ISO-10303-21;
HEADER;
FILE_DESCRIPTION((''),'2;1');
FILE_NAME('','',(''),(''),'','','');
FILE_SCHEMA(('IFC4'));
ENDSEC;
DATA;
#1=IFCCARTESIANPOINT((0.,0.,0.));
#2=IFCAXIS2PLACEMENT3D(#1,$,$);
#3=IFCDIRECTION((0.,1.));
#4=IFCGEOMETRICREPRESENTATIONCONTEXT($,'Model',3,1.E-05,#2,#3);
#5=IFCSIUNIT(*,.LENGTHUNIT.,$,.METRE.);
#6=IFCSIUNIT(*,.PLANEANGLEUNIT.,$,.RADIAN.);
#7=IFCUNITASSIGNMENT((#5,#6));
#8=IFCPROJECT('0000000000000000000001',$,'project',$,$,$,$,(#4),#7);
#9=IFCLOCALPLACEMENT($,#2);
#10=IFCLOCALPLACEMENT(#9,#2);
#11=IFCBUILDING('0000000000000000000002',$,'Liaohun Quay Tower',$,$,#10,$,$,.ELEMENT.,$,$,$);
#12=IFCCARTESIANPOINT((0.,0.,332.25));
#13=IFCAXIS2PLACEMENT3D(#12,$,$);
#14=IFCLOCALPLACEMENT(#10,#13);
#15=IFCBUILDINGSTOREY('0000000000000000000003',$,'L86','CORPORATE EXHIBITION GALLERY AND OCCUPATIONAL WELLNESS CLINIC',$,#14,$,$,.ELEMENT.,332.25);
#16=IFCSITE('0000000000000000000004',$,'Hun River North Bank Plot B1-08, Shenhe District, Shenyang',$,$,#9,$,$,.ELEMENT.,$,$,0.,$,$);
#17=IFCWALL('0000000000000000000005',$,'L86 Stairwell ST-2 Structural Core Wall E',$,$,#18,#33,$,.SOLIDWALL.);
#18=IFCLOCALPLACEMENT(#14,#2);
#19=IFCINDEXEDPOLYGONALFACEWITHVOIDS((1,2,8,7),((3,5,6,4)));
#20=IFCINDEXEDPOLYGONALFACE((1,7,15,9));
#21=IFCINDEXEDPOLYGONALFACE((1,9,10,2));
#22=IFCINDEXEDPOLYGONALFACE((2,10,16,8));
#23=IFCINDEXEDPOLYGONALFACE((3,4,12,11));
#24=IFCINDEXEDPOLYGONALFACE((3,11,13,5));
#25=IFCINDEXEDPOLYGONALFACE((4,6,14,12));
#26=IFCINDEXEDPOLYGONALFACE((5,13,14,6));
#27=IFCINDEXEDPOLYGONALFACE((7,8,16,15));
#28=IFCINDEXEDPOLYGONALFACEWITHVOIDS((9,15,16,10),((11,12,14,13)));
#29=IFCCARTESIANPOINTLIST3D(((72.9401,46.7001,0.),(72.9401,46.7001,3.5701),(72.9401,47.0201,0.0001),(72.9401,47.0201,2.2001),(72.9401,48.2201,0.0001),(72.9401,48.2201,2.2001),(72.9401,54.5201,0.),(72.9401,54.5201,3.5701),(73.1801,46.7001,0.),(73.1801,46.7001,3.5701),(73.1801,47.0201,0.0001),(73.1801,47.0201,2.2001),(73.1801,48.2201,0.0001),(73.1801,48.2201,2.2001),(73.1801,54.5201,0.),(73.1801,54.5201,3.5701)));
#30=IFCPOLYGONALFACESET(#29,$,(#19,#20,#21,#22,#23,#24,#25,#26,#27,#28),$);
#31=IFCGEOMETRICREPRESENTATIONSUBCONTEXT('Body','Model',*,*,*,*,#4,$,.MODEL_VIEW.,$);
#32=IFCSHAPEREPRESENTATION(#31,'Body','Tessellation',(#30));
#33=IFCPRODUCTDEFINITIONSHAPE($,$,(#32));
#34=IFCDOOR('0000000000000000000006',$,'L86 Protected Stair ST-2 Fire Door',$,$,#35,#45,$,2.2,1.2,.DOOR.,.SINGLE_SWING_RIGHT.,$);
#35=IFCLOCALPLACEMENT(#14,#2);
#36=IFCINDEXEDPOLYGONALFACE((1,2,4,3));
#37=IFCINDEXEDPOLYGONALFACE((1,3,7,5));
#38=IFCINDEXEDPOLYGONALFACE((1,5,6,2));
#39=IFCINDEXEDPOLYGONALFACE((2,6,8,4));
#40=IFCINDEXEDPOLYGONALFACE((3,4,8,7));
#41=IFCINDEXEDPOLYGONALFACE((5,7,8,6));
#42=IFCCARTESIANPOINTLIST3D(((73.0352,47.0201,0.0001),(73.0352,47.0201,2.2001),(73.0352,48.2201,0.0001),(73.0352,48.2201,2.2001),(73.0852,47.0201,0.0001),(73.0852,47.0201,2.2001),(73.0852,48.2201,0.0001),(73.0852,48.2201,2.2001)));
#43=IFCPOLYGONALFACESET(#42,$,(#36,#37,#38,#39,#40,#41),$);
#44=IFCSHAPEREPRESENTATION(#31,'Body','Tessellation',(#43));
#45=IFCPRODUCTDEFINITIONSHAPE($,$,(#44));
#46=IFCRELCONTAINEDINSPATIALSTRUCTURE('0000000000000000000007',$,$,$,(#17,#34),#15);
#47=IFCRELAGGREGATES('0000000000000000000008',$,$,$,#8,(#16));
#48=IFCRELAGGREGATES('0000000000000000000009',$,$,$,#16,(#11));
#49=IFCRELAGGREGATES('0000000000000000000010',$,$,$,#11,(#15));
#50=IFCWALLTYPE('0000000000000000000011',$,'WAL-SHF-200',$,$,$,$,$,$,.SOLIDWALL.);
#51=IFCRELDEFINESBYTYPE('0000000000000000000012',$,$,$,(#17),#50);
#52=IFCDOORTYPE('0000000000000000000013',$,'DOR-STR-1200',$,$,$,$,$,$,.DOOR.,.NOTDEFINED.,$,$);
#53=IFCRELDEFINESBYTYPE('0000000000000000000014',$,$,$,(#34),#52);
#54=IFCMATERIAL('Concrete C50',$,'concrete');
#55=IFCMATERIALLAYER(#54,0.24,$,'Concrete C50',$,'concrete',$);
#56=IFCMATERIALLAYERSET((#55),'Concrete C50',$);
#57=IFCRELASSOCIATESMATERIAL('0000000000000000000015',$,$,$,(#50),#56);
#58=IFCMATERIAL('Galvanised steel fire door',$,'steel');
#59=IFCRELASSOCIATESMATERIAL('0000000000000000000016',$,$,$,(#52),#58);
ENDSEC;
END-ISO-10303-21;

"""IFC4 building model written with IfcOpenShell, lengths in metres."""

from ifc_helpers import new_model, si_unit, direction, frame, frame_2d, origin, place, context, subcontext, project, spatial, rectangle, extrude, source, transform, mapped, material, layer, layer_set, type_object, element, fill, save


model = new_model("IFC4")

# Units and contexts
model_context = context("Model", 3, precision=1e-05, world=origin(), true_north=direction((0.0, 1.0)))
body_context = subcontext(model_context, "Body", "Model", "MODEL_VIEW")
ifc_project = project(units=[si_unit("LENGTHUNIT", "METRE"), si_unit("PLANEANGLEUNIT", "RADIAN")], contexts=[model_context])

# Site, building, storey
site_placement = place(None, origin())
site = spatial("IfcSite", under=ifc_project, at=site_placement, Name="Hun River North Bank Plot B1-08, Shenhe District, Shenyang", CompositionType="ELEMENT", RefElevation=0.0)
building_placement = place(site_placement, origin())
building = spatial("IfcBuilding", under=site, at=building_placement, Name="Liaohun Quay Tower", CompositionType="ELEMENT")
storey_placement = place(building_placement, frame((0.0, 0.0, 332.25)))
storey = spatial("IfcBuildingStorey", under=building, at=storey_placement, Name="L86", Description="CORPORATE EXHIBITION GALLERY AND OCCUPATIONAL WELLNESS CLINIC", CompositionType="ELEMENT", Elevation=332.25)

# Shared definitions
ifc_material_1 = material(Name="Concrete C50", Category="concrete")

# Shared definitions
ifc_layer_1 = layer(ifc_material_1, 0.24, Name="Concrete C50", Category="concrete")
ifc_layer_set_1 = layer_set([ifc_layer_1], Name="Concrete C50")
wall_type_1 = type_object("IfcWallType", Name="WAL-SHF-200", PredefinedType="SOLIDWALL", material=ifc_layer_set_1)

# Wall, opening, door
wall_1_placement = place(storey_placement, frame((73.0601, 46.7, 0.0), z_axis=(0.0, 0.0, 1.0), x_axis=(0.0, 1.0, 0.0)))
wall_1 = element("IfcWall", 1, at=wall_1_placement, inside=storey, type_object=wall_type_1, Name="L86 Stairwell ST-2 Structural Core Wall E", PredefinedType="SOLIDWALL", context=body_context, shape_type="SweptSolid", body=[
    extrude(rectangle(XDim=7.8201, YDim=0.24, at=frame_2d((3.9102, 0.0))), origin(), (0.0, 0.0, 1.0), 3.5701),
])
shared_shape_1 = source(origin(), body_context, "Body", "SweptSolid", [
    extrude(rectangle(XDim=1.2, YDim=2.2, at=frame_2d((0.6001, 1.1001))), frame((0.0, 0.1299, 0.0), z_axis=(0.0, -1.0, 0.0), x_axis=(1.0, 0.0, 0.0)), (0.0, 0.0, 1.0), 0.26),
])
opening_1_placement = place(wall_1_placement, frame((0.3201, 0.0, 0.0)))
opening_1 = element("IfcOpeningElement", 2, at=opening_1_placement, cuts=wall_1, PredefinedType="OPENING", context=body_context, shape_type="MappedRepresentation", body=[
    mapped(shared_shape_1, transform((0.0, 0.0, 0.0), x_axis=(1.0, 0.0, 0.0), y_axis=(0.0, 1.0, 0.0), z_axis=(0.0, 0.0, 1.0), scale=1.0)),
])
ifc_material_2 = material(Name="Galvanised steel fire door", Category="steel")
door_type_1 = type_object("IfcDoorType", Name="DOR-STR-1200", OperationType="NOTDEFINED", PredefinedType="DOOR", material=ifc_material_2)
shared_shape_2 = source(origin(), body_context, "Body", "SweptSolid", [
    extrude(rectangle(XDim=1.2, YDim=2.2, at=frame_2d((0.6001, 1.1001))), frame((0.0, 0.0249, 0.0), z_axis=(0.0, -1.0, 0.0), x_axis=(1.0, 0.0, 0.0)), (0.0, 0.0, 1.0), 0.05),
])
door_1_placement = place(opening_1_placement, origin())
door_1 = element("IfcDoor", 3, at=door_1_placement, inside=storey, type_object=door_type_1, Name="L86 Protected Stair ST-2 Fire Door", OperationType="SINGLE_SWING_RIGHT", OverallHeight=2.2, OverallWidth=1.2, PredefinedType="DOOR", context=body_context, shape_type="MappedRepresentation", body=[
    mapped(shared_shape_2, transform((0.0, 0.0, 0.0), x_axis=(1.0, 0.0, 0.0), y_axis=(0.0, 1.0, 0.0), z_axis=(0.0, 0.0, 1.0), scale=1.0)),
])
fill(opening_1, door_1)

save(model, "model.ifc")
